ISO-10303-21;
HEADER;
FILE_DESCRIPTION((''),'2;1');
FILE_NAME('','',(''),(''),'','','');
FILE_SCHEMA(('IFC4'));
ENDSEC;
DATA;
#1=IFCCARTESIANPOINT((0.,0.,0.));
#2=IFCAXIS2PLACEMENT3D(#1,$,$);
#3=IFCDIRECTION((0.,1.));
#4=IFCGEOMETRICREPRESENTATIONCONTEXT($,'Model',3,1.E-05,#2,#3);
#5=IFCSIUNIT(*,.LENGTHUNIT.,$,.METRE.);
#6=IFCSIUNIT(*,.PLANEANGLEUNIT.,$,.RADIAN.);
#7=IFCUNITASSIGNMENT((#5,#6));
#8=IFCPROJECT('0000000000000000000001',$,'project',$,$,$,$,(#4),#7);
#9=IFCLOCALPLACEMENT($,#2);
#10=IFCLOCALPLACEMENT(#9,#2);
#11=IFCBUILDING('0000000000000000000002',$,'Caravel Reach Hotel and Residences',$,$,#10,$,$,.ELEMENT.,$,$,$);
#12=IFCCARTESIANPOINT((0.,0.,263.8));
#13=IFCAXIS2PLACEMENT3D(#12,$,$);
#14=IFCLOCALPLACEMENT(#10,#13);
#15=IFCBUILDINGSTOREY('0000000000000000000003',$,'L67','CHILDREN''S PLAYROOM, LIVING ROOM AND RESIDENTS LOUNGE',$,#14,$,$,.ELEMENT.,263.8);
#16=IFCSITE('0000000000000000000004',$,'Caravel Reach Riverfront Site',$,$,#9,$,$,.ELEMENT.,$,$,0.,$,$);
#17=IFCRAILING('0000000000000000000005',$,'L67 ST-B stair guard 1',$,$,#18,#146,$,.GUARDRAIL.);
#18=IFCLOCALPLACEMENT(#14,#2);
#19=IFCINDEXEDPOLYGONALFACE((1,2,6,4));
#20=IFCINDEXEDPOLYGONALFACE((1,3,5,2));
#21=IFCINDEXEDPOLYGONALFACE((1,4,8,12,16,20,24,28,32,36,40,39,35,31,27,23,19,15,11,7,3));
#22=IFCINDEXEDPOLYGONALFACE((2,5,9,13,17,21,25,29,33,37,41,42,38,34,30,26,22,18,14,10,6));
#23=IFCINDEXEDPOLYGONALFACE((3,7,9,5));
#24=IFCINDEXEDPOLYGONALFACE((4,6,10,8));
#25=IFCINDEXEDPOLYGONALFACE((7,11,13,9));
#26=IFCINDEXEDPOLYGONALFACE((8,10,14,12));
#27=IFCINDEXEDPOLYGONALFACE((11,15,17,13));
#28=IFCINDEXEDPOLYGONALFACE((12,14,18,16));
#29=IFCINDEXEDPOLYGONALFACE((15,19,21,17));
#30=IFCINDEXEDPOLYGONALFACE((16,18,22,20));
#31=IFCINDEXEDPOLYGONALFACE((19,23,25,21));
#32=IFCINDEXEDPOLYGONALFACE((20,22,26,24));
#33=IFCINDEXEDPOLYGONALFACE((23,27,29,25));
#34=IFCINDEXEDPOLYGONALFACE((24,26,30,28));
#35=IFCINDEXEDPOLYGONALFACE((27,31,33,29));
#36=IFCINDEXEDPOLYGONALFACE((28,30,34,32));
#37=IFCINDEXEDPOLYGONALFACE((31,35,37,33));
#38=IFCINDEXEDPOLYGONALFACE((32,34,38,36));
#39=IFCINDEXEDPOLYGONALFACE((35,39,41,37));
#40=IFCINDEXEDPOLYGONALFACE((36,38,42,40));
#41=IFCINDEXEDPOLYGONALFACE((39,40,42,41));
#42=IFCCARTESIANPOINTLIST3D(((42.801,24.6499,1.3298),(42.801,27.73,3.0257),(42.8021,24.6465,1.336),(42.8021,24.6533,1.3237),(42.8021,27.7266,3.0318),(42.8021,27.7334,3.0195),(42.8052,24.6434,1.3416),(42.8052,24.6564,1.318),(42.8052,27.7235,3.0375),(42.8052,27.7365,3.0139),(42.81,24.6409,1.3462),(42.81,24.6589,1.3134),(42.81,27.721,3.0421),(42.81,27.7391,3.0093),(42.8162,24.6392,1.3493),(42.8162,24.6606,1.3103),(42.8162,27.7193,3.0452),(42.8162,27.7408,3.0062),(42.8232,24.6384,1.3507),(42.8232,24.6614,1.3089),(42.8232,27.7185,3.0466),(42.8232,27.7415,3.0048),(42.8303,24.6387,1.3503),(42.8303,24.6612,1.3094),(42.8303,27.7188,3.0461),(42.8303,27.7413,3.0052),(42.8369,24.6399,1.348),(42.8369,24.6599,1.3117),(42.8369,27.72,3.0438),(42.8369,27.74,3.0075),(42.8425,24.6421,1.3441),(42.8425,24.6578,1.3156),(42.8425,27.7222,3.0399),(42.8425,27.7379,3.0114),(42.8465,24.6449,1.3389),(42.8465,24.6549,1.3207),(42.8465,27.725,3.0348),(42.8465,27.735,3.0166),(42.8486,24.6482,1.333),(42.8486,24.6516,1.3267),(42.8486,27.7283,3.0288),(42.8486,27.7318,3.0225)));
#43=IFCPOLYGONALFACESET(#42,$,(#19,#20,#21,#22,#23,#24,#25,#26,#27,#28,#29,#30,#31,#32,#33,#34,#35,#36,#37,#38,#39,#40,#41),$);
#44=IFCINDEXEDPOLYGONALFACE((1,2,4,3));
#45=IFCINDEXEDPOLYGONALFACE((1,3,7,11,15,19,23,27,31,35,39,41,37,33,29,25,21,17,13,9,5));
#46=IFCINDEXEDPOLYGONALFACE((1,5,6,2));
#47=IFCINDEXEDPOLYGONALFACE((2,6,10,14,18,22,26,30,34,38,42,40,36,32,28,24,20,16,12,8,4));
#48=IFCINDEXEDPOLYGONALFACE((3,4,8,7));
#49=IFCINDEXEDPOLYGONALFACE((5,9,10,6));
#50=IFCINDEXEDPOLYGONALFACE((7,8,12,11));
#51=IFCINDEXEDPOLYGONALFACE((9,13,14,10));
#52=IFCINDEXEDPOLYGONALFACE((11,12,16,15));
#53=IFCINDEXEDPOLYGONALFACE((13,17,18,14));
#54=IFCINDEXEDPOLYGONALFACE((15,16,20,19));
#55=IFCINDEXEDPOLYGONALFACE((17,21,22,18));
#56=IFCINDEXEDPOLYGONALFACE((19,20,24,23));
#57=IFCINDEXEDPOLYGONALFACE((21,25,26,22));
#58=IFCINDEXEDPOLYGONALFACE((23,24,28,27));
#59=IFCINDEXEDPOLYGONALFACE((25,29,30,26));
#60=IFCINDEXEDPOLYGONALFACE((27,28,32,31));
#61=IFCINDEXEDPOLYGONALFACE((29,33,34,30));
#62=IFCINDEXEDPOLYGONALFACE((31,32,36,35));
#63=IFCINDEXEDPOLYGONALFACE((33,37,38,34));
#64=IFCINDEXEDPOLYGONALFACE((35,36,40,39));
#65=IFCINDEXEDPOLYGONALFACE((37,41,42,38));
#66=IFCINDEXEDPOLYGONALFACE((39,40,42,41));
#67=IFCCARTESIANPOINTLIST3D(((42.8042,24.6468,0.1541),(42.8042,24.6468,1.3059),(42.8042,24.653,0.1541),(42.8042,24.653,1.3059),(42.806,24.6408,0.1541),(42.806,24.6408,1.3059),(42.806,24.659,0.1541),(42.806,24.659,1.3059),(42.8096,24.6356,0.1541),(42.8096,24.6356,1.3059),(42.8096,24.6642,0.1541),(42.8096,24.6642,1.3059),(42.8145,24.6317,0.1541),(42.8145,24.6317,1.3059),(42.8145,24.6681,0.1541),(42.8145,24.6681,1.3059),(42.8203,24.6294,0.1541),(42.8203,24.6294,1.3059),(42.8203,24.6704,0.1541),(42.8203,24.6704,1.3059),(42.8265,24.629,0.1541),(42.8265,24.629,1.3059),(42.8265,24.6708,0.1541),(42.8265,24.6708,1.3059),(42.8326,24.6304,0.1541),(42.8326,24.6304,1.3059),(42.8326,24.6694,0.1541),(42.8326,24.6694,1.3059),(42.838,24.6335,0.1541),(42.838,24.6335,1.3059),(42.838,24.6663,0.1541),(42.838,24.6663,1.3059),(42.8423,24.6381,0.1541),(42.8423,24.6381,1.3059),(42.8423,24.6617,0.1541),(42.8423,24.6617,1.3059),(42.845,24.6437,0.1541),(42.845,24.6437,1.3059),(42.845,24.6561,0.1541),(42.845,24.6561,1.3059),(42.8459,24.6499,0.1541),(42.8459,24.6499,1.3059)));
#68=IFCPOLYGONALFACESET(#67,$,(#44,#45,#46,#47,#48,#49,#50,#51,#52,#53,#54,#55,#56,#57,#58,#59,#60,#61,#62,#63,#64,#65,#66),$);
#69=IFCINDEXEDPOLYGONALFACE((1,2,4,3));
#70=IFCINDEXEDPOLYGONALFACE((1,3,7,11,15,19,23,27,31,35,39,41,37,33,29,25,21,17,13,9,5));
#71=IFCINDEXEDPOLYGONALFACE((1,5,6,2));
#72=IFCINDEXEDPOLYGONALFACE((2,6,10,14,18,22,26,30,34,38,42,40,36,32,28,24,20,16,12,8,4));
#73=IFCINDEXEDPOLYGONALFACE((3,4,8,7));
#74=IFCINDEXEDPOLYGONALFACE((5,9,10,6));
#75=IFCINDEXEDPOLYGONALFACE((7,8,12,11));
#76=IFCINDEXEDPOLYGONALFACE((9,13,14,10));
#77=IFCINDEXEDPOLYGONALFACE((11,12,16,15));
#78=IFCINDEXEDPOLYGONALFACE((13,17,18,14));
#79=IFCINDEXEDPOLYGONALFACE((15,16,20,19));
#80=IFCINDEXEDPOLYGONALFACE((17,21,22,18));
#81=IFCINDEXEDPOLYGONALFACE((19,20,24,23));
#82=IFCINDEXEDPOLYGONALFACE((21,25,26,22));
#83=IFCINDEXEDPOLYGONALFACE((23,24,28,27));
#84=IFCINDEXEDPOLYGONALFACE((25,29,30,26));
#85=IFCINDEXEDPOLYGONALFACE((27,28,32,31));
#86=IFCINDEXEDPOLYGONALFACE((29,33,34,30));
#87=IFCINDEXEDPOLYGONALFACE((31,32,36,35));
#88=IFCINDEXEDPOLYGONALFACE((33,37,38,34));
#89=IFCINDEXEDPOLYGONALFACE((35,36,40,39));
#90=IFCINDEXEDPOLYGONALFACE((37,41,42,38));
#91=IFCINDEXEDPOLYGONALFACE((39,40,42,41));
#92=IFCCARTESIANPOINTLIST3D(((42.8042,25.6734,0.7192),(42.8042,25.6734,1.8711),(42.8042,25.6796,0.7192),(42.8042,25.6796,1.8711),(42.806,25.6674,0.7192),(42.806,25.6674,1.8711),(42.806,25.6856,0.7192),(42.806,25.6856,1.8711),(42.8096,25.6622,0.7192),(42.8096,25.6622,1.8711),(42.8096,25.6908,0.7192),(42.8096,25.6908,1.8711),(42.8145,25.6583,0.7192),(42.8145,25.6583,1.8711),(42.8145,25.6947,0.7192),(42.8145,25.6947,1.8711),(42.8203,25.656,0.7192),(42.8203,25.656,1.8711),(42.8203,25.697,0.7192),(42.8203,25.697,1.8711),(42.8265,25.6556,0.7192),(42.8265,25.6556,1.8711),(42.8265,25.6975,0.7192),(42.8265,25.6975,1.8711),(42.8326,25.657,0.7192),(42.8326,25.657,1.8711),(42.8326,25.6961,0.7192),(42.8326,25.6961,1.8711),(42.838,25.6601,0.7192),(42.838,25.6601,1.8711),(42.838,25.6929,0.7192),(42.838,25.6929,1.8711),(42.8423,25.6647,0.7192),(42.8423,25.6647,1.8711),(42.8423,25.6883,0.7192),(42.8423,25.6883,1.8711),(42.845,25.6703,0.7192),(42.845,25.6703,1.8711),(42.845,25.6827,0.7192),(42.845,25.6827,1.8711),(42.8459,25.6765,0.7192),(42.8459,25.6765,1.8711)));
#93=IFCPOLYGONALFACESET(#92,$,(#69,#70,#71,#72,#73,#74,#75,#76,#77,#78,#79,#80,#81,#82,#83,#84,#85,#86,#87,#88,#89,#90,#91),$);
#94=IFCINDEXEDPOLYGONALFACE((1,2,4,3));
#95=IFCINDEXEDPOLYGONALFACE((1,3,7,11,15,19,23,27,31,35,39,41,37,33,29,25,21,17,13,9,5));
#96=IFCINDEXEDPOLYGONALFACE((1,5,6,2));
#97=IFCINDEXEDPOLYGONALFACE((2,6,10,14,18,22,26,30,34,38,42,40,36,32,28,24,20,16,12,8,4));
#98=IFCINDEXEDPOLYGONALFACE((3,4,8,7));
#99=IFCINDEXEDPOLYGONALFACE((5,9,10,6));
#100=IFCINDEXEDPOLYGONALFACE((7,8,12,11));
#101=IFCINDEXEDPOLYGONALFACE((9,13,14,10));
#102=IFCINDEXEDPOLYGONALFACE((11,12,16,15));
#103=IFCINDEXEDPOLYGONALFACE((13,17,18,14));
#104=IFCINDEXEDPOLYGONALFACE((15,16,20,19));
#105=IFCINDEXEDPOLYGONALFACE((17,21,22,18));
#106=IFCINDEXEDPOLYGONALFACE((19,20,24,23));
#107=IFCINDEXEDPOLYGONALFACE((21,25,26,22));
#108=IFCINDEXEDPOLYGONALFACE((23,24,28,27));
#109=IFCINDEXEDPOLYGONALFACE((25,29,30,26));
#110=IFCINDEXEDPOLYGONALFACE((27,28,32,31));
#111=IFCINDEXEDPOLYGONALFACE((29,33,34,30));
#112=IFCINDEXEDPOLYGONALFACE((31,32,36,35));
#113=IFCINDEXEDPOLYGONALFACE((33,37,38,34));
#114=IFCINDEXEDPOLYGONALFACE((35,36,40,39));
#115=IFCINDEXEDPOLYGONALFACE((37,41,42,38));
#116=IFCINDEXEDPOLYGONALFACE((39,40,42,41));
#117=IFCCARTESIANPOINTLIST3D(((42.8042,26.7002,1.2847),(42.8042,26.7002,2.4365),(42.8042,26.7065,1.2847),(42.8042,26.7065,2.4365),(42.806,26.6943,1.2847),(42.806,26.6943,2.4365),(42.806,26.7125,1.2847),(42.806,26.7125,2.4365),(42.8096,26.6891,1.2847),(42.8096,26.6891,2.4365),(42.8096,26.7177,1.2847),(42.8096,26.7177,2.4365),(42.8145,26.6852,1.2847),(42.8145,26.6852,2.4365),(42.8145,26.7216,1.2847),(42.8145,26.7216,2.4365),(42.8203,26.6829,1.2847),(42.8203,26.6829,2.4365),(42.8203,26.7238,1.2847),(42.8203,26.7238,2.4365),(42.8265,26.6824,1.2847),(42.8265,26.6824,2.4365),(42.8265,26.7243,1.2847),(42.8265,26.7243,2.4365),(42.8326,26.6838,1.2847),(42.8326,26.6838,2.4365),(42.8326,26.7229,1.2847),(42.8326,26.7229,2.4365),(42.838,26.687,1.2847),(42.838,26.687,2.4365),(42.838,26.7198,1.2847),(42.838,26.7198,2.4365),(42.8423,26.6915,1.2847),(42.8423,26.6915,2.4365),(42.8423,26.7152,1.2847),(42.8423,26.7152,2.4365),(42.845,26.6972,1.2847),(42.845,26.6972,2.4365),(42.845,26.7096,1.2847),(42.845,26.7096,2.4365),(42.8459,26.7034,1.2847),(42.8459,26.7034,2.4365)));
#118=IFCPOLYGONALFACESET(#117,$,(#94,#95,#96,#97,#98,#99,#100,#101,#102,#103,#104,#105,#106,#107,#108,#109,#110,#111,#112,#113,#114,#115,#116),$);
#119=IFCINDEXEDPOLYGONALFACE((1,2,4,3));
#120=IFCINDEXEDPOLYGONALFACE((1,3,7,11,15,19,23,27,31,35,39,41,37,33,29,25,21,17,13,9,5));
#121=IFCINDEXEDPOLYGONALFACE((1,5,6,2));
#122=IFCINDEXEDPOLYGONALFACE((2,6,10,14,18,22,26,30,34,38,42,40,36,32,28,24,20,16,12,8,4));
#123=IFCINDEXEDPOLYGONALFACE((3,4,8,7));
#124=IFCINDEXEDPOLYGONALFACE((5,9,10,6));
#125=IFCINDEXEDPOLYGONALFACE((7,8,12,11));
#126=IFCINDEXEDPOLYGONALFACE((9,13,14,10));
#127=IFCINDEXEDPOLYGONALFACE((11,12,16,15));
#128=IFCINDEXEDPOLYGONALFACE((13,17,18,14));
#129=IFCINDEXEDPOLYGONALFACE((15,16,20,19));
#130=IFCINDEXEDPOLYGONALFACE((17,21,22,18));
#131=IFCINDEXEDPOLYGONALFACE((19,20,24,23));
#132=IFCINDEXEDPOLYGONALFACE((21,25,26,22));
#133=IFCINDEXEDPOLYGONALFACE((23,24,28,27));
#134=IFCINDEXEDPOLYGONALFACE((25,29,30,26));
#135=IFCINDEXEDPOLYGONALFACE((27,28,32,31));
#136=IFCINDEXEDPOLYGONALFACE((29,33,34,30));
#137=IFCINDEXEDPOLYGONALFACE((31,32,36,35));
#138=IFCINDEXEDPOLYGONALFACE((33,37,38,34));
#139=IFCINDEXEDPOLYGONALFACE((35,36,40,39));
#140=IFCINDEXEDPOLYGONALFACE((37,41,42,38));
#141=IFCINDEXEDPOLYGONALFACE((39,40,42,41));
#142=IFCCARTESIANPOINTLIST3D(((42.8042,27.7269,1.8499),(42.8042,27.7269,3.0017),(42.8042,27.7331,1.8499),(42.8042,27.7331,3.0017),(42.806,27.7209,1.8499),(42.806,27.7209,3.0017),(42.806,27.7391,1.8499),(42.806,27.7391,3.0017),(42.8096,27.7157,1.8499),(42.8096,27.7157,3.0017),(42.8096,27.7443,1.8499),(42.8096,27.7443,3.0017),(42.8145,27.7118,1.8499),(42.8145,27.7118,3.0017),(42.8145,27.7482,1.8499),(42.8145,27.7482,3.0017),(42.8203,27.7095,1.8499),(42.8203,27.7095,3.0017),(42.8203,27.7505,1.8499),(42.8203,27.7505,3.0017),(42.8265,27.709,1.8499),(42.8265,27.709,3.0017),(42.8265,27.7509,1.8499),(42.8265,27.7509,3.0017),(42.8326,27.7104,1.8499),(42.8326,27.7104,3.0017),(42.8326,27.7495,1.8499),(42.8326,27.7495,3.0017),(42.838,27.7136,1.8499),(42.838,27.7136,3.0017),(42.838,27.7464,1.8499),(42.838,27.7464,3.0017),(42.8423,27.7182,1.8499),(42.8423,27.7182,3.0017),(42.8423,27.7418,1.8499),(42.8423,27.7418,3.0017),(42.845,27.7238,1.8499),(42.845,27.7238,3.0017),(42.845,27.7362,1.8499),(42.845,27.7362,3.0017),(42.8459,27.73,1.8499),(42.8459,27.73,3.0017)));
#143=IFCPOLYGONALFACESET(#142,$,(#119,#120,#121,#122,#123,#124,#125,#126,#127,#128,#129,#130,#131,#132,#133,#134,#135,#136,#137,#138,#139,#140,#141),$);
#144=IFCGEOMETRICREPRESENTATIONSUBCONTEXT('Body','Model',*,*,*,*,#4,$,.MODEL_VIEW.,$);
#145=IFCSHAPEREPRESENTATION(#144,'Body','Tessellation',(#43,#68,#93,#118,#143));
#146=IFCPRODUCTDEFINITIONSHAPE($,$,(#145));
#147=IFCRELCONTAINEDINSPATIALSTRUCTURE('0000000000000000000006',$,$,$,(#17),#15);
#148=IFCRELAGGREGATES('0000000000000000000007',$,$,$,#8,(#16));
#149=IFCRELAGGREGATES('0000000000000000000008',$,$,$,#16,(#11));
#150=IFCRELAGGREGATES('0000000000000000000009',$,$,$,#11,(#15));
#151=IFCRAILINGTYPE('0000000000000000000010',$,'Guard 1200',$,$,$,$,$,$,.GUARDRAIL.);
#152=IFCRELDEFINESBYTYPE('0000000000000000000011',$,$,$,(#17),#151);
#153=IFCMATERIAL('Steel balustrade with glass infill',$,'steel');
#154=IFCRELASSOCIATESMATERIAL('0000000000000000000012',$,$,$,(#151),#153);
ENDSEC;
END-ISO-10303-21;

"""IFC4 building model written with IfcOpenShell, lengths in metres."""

from ifc_helpers import new_model, si_unit, direction, frame, origin, origin_2d, place, context, subcontext, project, spatial, circle, extrude, material, type_object, element, save


model = new_model("IFC4")

# Units and contexts
model_context = context("Model", 3, precision=1e-05, world=origin(), true_north=direction((0.0, 1.0)))
body_context = subcontext(model_context, "Body", "Model", "MODEL_VIEW")
ifc_project = project(units=[si_unit("LENGTHUNIT", "METRE"), si_unit("PLANEANGLEUNIT", "RADIAN")], contexts=[model_context])

# Site, building, storey
site_placement = place(None, origin())
site = spatial("IfcSite", under=ifc_project, at=site_placement, Name="Caravel Reach Riverfront Site", CompositionType="ELEMENT", RefElevation=0.0)
building_placement = place(site_placement, origin())
building = spatial("IfcBuilding", under=site, at=building_placement, Name="Caravel Reach Hotel and Residences", CompositionType="ELEMENT")
storey_placement = place(building_placement, frame((0.0, 0.0, 263.8)))
storey = spatial("IfcBuildingStorey", under=building, at=storey_placement, Name="L67", Description="CHILDREN'S PLAYROOM, LIVING ROOM AND RESIDENTS LOUNGE", CompositionType="ELEMENT", Elevation=263.8)

# Railing
ifc_material_1 = material(Name="Steel balustrade with glass infill", Category="steel")
railing_type_1 = type_object("IfcRailingType", Name="Guard 1200", PredefinedType="GUARDRAIL", material=ifc_material_1)
railing_1_placement = place(storey_placement, frame((42.825, 24.6499, 0.1541)))
element("IfcRailing", 1, at=railing_1_placement, inside=storey, type_object=railing_type_1, Name="L67 ST-B stair guard 1", PredefinedType="GUARDRAIL", context=body_context, shape_type="SweptSolid", body=[
    extrude(circle(Radius=0.0239, at=origin_2d()), frame((0.0, 0.0, 1.1758), z_axis=(0.0, 0.876005, 0.482303), x_axis=(-1.0, 0.0, 0.0)), (0.0, 0.0, 1.0), 3.5161),
    extrude(circle(Radius=0.021, at=origin_2d()), origin(), (0.0, 0.0, 1.0), 1.1519),
    extrude(circle(Radius=0.021, at=origin_2d()), frame((0.0, 1.0266, 0.5652)), (0.0, 0.0, 1.0), 1.1519),
    extrude(circle(Radius=0.021, at=origin_2d()), frame((0.0, 2.0535, 1.1306)), (0.0, 0.0, 1.0), 1.1519),
    extrude(circle(Radius=0.021, at=origin_2d()), frame((0.0, 3.0801, 1.6958)), (0.0, 0.0, 1.0), 1.1519),
])

save(model, "model.ifc")
